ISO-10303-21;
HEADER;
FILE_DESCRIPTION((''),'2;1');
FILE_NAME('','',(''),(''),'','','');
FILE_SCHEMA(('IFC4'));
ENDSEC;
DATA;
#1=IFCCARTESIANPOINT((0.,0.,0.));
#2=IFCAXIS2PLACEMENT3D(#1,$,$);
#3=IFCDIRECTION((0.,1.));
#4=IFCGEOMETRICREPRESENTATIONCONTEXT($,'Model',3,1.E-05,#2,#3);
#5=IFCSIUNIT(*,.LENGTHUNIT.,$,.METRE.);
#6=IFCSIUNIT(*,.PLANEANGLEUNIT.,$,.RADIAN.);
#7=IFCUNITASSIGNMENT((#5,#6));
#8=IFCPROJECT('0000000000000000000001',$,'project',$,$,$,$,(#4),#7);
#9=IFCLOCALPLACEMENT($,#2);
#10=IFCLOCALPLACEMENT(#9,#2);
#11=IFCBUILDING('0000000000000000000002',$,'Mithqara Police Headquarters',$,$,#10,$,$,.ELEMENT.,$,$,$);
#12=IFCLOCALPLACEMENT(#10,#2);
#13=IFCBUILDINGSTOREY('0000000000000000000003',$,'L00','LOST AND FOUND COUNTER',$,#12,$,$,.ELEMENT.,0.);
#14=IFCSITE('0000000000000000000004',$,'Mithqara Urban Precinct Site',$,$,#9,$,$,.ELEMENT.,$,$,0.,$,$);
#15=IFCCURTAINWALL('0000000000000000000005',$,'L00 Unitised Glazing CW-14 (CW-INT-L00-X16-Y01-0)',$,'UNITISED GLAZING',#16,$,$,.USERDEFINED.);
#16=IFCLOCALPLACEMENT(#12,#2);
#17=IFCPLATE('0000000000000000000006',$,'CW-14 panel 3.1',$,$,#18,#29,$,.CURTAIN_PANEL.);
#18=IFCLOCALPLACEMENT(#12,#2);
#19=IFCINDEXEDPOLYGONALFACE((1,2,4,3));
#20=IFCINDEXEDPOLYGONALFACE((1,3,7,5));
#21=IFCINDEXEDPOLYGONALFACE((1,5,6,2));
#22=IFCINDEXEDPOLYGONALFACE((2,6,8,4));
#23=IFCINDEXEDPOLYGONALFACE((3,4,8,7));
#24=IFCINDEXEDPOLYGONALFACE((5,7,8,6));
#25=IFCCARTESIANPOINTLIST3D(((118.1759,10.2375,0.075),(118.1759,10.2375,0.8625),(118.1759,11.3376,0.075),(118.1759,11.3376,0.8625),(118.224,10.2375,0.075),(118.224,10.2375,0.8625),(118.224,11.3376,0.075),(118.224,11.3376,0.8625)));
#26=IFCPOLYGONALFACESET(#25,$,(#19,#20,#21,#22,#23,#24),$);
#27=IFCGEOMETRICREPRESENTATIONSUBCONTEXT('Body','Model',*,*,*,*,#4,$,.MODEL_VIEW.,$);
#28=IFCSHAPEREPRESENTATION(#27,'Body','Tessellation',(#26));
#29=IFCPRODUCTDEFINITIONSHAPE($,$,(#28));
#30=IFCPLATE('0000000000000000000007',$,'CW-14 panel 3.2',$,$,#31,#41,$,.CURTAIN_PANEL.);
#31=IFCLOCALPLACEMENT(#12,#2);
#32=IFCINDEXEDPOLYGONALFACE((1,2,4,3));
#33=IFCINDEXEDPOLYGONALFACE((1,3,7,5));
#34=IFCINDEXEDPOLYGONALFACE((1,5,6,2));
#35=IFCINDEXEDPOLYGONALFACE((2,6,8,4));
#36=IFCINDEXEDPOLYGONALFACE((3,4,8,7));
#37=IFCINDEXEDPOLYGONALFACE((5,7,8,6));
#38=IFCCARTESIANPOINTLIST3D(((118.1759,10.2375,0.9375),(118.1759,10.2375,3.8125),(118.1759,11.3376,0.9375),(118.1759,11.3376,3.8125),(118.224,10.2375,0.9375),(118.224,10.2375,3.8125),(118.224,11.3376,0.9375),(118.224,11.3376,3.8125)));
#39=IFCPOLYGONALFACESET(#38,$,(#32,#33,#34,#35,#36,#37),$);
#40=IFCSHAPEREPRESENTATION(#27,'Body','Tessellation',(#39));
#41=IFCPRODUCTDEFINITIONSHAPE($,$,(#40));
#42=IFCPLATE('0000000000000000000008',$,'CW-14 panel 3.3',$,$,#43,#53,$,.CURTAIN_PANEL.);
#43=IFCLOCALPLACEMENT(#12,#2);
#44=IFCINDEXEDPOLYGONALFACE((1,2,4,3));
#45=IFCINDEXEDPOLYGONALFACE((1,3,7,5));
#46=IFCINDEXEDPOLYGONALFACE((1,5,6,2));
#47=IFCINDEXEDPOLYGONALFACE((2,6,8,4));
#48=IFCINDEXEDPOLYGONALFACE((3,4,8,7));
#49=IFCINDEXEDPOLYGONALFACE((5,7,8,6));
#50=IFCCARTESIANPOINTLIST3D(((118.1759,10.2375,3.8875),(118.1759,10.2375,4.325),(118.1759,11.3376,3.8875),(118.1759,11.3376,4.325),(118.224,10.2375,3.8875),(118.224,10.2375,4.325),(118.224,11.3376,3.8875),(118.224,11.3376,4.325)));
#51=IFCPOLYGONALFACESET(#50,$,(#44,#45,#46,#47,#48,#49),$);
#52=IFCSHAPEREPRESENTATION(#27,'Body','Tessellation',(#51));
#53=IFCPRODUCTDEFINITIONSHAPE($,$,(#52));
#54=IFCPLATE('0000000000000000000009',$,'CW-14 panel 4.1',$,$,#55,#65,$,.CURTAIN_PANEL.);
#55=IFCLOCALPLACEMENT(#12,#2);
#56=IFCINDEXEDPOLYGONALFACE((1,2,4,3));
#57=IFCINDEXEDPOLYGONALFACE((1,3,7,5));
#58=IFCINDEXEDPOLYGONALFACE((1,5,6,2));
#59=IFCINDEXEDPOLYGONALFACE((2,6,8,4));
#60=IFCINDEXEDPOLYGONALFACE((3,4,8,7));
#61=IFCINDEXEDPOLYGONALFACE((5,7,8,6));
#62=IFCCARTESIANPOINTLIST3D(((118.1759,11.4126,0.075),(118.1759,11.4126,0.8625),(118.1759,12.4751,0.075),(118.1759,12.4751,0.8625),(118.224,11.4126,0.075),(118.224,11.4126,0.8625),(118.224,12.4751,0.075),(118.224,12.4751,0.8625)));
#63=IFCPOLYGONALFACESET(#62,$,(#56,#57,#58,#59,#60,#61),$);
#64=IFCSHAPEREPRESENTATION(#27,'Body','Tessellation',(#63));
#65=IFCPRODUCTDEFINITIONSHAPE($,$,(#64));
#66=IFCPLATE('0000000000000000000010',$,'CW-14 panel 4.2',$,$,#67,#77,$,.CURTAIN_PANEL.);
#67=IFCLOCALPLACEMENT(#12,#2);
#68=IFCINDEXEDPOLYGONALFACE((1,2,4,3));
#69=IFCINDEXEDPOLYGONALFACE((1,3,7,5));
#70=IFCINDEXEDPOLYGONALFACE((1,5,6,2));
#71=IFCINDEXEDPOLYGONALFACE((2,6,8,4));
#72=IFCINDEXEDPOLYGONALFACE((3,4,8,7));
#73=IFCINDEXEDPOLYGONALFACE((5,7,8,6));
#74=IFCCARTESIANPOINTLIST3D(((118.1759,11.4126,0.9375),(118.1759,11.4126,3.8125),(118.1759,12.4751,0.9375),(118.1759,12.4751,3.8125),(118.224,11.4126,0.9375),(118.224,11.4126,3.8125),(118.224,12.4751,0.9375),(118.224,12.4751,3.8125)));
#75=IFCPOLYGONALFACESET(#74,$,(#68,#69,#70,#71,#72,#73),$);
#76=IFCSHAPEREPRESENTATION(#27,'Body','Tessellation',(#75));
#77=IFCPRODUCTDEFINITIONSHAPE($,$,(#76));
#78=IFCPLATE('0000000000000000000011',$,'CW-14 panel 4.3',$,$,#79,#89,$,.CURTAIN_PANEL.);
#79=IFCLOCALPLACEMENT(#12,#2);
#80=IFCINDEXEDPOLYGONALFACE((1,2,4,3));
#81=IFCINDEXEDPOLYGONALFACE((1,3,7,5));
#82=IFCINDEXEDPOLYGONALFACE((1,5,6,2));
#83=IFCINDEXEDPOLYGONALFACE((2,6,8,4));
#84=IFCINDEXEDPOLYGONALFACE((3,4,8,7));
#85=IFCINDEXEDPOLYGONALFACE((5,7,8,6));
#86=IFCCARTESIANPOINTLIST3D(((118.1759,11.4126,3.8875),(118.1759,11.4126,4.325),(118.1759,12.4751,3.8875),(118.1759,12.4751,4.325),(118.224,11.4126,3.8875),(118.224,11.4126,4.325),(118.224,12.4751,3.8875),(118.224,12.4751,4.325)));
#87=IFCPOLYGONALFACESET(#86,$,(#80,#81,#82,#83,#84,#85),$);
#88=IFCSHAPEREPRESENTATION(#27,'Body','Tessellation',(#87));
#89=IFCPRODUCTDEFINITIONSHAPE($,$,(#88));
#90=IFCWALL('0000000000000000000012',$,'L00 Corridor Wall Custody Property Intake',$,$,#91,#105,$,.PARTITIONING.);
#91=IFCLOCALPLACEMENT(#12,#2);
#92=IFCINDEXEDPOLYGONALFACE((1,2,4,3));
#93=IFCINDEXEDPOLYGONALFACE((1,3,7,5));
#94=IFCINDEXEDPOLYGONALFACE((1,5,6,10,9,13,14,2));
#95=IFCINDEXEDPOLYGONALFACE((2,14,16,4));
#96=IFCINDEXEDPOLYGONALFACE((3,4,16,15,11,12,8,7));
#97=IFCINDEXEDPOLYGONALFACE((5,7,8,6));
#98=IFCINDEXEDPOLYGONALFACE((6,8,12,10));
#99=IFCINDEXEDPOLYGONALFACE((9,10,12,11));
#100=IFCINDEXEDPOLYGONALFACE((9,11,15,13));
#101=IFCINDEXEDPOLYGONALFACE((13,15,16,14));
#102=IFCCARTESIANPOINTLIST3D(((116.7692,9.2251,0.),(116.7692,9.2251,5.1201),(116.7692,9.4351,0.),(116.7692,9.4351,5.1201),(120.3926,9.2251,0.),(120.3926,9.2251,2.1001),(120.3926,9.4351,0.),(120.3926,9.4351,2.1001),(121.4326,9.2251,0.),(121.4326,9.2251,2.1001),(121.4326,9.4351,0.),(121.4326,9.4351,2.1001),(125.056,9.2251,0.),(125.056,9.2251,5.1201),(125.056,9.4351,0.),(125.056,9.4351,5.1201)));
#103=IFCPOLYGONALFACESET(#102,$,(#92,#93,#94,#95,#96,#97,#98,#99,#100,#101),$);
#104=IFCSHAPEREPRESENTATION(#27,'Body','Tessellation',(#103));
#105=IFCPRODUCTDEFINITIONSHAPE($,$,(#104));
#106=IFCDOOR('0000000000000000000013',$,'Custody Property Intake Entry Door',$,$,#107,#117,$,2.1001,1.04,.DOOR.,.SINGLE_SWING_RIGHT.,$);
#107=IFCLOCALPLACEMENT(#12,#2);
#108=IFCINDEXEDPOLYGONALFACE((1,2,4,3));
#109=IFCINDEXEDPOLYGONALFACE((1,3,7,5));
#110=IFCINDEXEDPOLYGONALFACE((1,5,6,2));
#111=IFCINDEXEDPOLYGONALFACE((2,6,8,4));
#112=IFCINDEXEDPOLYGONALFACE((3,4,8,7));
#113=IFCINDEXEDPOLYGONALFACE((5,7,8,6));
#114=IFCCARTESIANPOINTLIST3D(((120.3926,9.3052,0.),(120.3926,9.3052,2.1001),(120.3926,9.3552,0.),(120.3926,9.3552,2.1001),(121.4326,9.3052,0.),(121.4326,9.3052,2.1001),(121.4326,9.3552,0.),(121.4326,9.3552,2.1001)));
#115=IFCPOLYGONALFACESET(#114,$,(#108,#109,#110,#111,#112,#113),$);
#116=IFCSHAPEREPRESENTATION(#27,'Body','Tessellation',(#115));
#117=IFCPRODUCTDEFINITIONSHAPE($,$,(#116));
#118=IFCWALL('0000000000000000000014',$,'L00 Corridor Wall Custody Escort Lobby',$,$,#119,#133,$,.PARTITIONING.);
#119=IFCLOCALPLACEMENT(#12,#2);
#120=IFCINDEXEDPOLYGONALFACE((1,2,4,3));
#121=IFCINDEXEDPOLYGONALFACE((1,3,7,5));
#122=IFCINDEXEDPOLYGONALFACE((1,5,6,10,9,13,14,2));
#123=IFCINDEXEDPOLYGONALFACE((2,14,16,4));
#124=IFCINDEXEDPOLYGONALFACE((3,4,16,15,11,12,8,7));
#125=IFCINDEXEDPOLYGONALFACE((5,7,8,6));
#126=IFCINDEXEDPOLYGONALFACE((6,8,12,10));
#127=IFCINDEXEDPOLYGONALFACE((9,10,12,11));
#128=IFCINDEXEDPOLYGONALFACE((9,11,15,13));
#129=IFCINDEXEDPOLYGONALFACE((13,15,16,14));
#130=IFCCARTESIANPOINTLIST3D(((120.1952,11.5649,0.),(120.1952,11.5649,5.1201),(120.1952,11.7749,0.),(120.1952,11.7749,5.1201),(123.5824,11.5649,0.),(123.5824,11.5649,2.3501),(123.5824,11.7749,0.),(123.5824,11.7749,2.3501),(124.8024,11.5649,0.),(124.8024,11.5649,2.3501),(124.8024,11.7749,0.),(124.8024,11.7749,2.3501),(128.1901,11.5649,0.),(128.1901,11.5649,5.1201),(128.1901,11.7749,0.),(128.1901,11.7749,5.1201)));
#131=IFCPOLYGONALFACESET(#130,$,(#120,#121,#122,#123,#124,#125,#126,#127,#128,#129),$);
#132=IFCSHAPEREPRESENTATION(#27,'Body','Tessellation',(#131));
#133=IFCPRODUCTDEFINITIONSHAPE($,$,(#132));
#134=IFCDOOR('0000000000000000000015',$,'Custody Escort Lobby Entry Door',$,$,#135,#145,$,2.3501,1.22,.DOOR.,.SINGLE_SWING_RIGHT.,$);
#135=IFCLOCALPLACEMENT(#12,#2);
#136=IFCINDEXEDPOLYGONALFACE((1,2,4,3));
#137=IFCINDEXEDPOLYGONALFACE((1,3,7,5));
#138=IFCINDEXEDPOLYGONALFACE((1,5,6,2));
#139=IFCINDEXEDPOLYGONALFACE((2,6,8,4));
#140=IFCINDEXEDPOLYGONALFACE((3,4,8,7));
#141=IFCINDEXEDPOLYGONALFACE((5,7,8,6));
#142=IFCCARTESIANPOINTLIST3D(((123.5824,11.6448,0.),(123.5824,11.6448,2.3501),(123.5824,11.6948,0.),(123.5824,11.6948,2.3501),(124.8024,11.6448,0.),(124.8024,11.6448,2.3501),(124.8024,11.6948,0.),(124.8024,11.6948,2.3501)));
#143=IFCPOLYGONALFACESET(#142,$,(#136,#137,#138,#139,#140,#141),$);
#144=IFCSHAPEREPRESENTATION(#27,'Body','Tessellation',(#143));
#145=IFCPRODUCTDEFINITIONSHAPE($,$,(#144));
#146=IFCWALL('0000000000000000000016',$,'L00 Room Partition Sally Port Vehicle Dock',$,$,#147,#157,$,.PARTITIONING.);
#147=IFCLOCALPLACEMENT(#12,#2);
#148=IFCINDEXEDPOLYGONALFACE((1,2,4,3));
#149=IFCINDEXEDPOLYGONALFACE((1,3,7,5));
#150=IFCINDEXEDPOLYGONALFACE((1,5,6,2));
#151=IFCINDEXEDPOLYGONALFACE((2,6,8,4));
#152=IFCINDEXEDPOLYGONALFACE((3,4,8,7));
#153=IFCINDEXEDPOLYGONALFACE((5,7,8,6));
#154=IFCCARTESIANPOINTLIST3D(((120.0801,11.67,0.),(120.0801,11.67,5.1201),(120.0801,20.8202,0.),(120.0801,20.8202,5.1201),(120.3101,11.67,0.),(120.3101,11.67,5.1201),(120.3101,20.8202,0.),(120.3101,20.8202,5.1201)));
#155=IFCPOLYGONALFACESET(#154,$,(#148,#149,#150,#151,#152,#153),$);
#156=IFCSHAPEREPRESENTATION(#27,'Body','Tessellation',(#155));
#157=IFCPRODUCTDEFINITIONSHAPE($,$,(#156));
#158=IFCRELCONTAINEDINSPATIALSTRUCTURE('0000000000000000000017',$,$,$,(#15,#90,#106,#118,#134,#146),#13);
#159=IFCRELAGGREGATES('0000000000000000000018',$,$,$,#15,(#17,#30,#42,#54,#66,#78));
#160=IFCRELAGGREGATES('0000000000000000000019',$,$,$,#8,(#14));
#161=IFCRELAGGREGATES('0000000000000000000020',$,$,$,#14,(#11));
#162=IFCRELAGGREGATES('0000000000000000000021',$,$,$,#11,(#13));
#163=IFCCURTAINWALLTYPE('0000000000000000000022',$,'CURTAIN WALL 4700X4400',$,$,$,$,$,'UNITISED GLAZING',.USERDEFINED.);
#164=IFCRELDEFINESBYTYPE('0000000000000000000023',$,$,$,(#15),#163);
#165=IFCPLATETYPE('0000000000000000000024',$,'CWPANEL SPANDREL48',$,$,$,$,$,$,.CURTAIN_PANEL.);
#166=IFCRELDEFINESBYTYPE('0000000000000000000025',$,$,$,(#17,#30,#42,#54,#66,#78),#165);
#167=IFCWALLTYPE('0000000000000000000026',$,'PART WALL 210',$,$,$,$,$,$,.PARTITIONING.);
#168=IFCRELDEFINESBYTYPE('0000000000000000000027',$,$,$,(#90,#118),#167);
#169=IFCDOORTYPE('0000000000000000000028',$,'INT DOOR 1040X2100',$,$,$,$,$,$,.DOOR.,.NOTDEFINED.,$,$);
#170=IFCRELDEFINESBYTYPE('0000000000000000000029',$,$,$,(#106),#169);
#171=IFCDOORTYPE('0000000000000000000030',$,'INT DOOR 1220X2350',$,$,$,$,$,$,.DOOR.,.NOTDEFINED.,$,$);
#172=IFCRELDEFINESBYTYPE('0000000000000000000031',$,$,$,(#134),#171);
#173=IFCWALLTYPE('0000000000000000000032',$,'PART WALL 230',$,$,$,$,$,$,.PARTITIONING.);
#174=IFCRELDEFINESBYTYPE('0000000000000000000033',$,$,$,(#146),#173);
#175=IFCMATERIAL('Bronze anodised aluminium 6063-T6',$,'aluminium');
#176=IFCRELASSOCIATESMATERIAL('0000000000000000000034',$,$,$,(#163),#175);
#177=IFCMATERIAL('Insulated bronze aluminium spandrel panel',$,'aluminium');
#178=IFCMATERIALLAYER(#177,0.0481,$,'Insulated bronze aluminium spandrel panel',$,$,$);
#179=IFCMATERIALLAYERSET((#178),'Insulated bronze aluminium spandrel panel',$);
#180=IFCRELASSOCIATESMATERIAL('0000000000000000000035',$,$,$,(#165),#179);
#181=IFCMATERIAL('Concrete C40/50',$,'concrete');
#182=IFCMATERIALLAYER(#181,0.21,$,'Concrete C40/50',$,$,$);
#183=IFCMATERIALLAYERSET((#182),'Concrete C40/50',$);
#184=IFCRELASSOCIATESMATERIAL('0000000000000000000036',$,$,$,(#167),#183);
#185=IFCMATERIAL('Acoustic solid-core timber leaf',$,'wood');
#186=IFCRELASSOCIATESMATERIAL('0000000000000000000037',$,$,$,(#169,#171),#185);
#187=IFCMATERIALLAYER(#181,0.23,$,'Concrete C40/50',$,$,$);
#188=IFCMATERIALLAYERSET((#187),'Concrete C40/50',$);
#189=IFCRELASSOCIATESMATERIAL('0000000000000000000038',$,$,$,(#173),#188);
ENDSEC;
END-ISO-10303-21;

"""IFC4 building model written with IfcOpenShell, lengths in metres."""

from ifc_helpers import new_model, si_unit, direction, frame, frame_2d, origin, origin_2d, place, context, subcontext, project, spatial, rectangle, extrude, material, layer, layer_set, type_object, element, fill, aggregate, save


model = new_model("IFC4")

# Units and contexts
model_context = context("Model", 3, precision=1e-05, world=origin(), true_north=direction((0.0, 1.0)))
body_context = subcontext(model_context, "Body", "Model", "MODEL_VIEW")
ifc_project = project(units=[si_unit("LENGTHUNIT", "METRE"), si_unit("PLANEANGLEUNIT", "RADIAN")], contexts=[model_context])

# Site, building, storey
site_placement = place(None, origin())
site = spatial("IfcSite", under=ifc_project, at=site_placement, Name="Mithqara Urban Precinct Site", CompositionType="ELEMENT", RefElevation=0.0)
building_placement = place(site_placement, origin())
building = spatial("IfcBuilding", under=site, at=building_placement, Name="Mithqara Police Headquarters", CompositionType="ELEMENT")
storey_placement = place(building_placement, origin())
storey = spatial("IfcBuildingStorey", under=building, at=storey_placement, Name="L00", Description="LOST AND FOUND COUNTER", CompositionType="ELEMENT", Elevation=0.0)

# Shared definitions
ifc_material_1 = material(Name="Concrete C40/50", Category="concrete")

# Curtain wall, plates
ifc_material_2 = material(Name="Bronze anodised aluminium 6063-T6", Category="aluminium")
curtain_wall_type = type_object("IfcCurtainWallType", Name="CURTAIN WALL 4700X4400", ElementType="UNITISED GLAZING", PredefinedType="USERDEFINED", material=ifc_material_2)
curtain_wall_placement = place(storey_placement, origin())
curtain_wall = element("IfcCurtainWall", 1, at=curtain_wall_placement, inside=storey, type_object=curtain_wall_type, Name="L00 Unitised Glazing CW-14 (CW-INT-L00-X16-Y01-0)", ObjectType="UNITISED GLAZING", PredefinedType="USERDEFINED")
ifc_material_3 = material(Name="Insulated bronze aluminium spandrel panel", Category="aluminium")
ifc_layer_1 = layer(ifc_material_3, 0.0481, Name="Insulated bronze aluminium spandrel panel")
ifc_layer_set_1 = layer_set([ifc_layer_1], Name="Insulated bronze aluminium spandrel panel")
plate_type = type_object("IfcPlateType", Name="CWPANEL SPANDREL48", PredefinedType="CURTAIN_PANEL", material=ifc_layer_set_1)
plate_1_placement = place(storey_placement, frame((118.2, 10.7876, 0.075), z_axis=(0.0, 0.0, 1.0), x_axis=(0.0, 1.0, 0.0)))
plate_1 = element("IfcPlate", 2, at=plate_1_placement, type_object=plate_type, Name="CW-14 panel 3.1", PredefinedType="CURTAIN_PANEL", context=body_context, shape_type="SweptSolid", body=[
    extrude(rectangle(XDim=1.1001, YDim=0.0481, at=origin_2d()), origin(), (0.0, 0.0, 1.0), 0.7876),
])
plate_2_placement = place(storey_placement, frame((118.2, 10.7876, 0.9375), z_axis=(0.0, 0.0, 1.0), x_axis=(0.0, 1.0, 0.0)))
plate_2 = element("IfcPlate", 3, at=plate_2_placement, type_object=plate_type, Name="CW-14 panel 3.2", PredefinedType="CURTAIN_PANEL", context=body_context, shape_type="SweptSolid", body=[
    extrude(rectangle(XDim=1.1001, YDim=0.0481, at=origin_2d()), origin(), (0.0, 0.0, 1.0), 2.875),
])
plate_3_placement = place(storey_placement, frame((118.2, 10.7876, 3.8875), z_axis=(0.0, 0.0, 1.0), x_axis=(0.0, 1.0, 0.0)))
plate_3 = element("IfcPlate", 4, at=plate_3_placement, type_object=plate_type, Name="CW-14 panel 3.3", PredefinedType="CURTAIN_PANEL", context=body_context, shape_type="SweptSolid", body=[
    extrude(rectangle(XDim=1.1001, YDim=0.0481, at=origin_2d()), origin(), (0.0, 0.0, 1.0), 0.4375),
])
plate_4_placement = place(storey_placement, frame((118.2, 11.9438, 0.075), z_axis=(0.0, 0.0, 1.0), x_axis=(0.0, 1.0, 0.0)))
plate_4 = element("IfcPlate", 5, at=plate_4_placement, type_object=plate_type, Name="CW-14 panel 4.1", PredefinedType="CURTAIN_PANEL", context=body_context, shape_type="SweptSolid", body=[
    extrude(rectangle(XDim=1.0625, YDim=0.0481, at=origin_2d()), origin(), (0.0, 0.0, 1.0), 0.7876),
])
plate_5_placement = place(storey_placement, frame((118.2, 11.9438, 0.9375), z_axis=(0.0, 0.0, 1.0), x_axis=(0.0, 1.0, 0.0)))
plate_5 = element("IfcPlate", 6, at=plate_5_placement, type_object=plate_type, Name="CW-14 panel 4.2", PredefinedType="CURTAIN_PANEL", context=body_context, shape_type="SweptSolid", body=[
    extrude(rectangle(XDim=1.0625, YDim=0.0481, at=origin_2d()), origin(), (0.0, 0.0, 1.0), 2.875),
])
plate_6_placement = place(storey_placement, frame((118.2, 11.9438, 3.8875), z_axis=(0.0, 0.0, 1.0), x_axis=(0.0, 1.0, 0.0)))
plate_6 = element("IfcPlate", 7, at=plate_6_placement, type_object=plate_type, Name="CW-14 panel 4.3", PredefinedType="CURTAIN_PANEL", context=body_context, shape_type="SweptSolid", body=[
    extrude(rectangle(XDim=1.0625, YDim=0.0481, at=origin_2d()), origin(), (0.0, 0.0, 1.0), 0.4375),
])
aggregate(curtain_wall, [plate_1, plate_2, plate_3, plate_4, plate_5, plate_6])

# Walls, openings, doors
ifc_layer_2 = layer(ifc_material_1, 0.21, Name="Concrete C40/50")
ifc_layer_set_2 = layer_set([ifc_layer_2], Name="Concrete C40/50")
wall_type_1 = type_object("IfcWallType", Name="PART WALL 210", PredefinedType="PARTITIONING", material=ifc_layer_set_2)
wall_1_placement = place(storey_placement, frame((116.769, 9.3301, 0.0), z_axis=(0.0, 0.0, 1.0), x_axis=(1.0, 0.0, 0.0)))
wall_1 = element("IfcWall", 8, at=wall_1_placement, inside=storey, type_object=wall_type_1, Name="L00 Corridor Wall Custody Property Intake", PredefinedType="PARTITIONING", context=body_context, shape_type="SweptSolid", body=[
    extrude(rectangle(XDim=8.2869, YDim=0.21, at=frame_2d((4.1436, 0.0))), origin(), (0.0, 0.0, 1.0), 5.1201),
])
opening_1_placement = place(wall_1_placement, frame((3.6235, 0.0, 0.0)))
opening_1 = element("IfcOpeningElement", 9, at=opening_1_placement, cuts=wall_1, PredefinedType="OPENING", context=body_context, shape_type="SweptSolid", body=[
    extrude(rectangle(XDim=1.04, YDim=2.1001, at=frame_2d((0.52, 1.05))), frame((0.0, 0.115, 0.0), z_axis=(0.0, -1.0, 0.0), x_axis=(1.0, 0.0, 0.0)), (0.0, 0.0, 1.0), 0.23),
])
ifc_material_4 = material(Name="Acoustic solid-core timber leaf", Category="wood")
door_type_1 = type_object("IfcDoorType", Name="INT DOOR 1040X2100", OperationType="NOTDEFINED", PredefinedType="DOOR", material=ifc_material_4)
door_1_placement = place(opening_1_placement, frame((1.04, 0.0, 0.0), z_axis=(0.0, 0.0, 1.0), x_axis=(-1.0, 0.0, 0.0)))
door_1 = element("IfcDoor", 10, at=door_1_placement, inside=storey, type_object=door_type_1, Name="Custody Property Intake Entry Door", OperationType="SINGLE_SWING_RIGHT", OverallHeight=2.1001, OverallWidth=1.04, PredefinedType="DOOR", context=body_context, shape_type="SweptSolid", body=[
    extrude(rectangle(XDim=1.04, YDim=2.1001, at=frame_2d((0.52, 1.05))), frame((0.0, 0.0249, 0.0), z_axis=(0.0, -1.0, 0.0), x_axis=(1.0, 0.0, 0.0)), (0.0, 0.0, 1.0), 0.05),
])
fill(opening_1, door_1)
wall_2_placement = place(storey_placement, frame((120.1951, 11.6699, 0.0), z_axis=(0.0, 0.0, 1.0), x_axis=(1.0, 0.0, 0.0)))
wall_2 = element("IfcWall", 11, at=wall_2_placement, inside=storey, type_object=wall_type_1, Name="L00 Corridor Wall Custody Escort Lobby", PredefinedType="PARTITIONING", context=body_context, shape_type="SweptSolid", body=[
    extrude(rectangle(XDim=7.9949, YDim=0.21, at=frame_2d((3.9976, 0.0))), origin(), (0.0, 0.0, 1.0), 5.1201),
])
opening_2_placement = place(wall_2_placement, frame((3.3875, 0.0, 0.0)))
opening_2 = element("IfcOpeningElement", 12, at=opening_2_placement, cuts=wall_2, PredefinedType="OPENING", context=body_context, shape_type="SweptSolid", body=[
    extrude(rectangle(XDim=1.22, YDim=2.3501, at=frame_2d((0.6099, 1.175))), frame((0.0, 0.115, 0.0), z_axis=(0.0, -1.0, 0.0), x_axis=(1.0, 0.0, 0.0)), (0.0, 0.0, 1.0), 0.23),
])
door_type_2 = type_object("IfcDoorType", Name="INT DOOR 1220X2350", OperationType="NOTDEFINED", PredefinedType="DOOR", material=ifc_material_4)
door_2_placement = place(opening_2_placement, origin())
door_2 = element("IfcDoor", 13, at=door_2_placement, inside=storey, type_object=door_type_2, Name="Custody Escort Lobby Entry Door", OperationType="SINGLE_SWING_RIGHT", OverallHeight=2.3501, OverallWidth=1.22, PredefinedType="DOOR", context=body_context, shape_type="SweptSolid", body=[
    extrude(rectangle(XDim=1.22, YDim=2.3501, at=frame_2d((0.6099, 1.175))), frame((0.0, 0.0249, 0.0), z_axis=(0.0, -1.0, 0.0), x_axis=(1.0, 0.0, 0.0)), (0.0, 0.0, 1.0), 0.05),
])
fill(opening_2, door_2)

# Wall
ifc_layer_3 = layer(ifc_material_1, 0.23, Name="Concrete C40/50")
ifc_layer_set_3 = layer_set([ifc_layer_3], Name="Concrete C40/50")
wall_type_2 = type_object("IfcWallType", Name="PART WALL 230", PredefinedType="PARTITIONING", material=ifc_layer_set_3)
wall_3_placement = place(storey_placement, frame((120.1951, 11.6699, 0.0), z_axis=(0.0, 0.0, 1.0), x_axis=(0.0, 1.0, 0.0)))
element("IfcWall", 14, at=wall_3_placement, inside=storey, type_object=wall_type_2, Name="L00 Room Partition Sally Port Vehicle Dock", PredefinedType="PARTITIONING", context=body_context, shape_type="SweptSolid", body=[
    extrude(rectangle(XDim=9.1501, YDim=0.23, at=frame_2d((4.5752, 0.0))), origin(), (0.0, 0.0, 1.0), 5.1201),
])

save(model, "model.ifc")
